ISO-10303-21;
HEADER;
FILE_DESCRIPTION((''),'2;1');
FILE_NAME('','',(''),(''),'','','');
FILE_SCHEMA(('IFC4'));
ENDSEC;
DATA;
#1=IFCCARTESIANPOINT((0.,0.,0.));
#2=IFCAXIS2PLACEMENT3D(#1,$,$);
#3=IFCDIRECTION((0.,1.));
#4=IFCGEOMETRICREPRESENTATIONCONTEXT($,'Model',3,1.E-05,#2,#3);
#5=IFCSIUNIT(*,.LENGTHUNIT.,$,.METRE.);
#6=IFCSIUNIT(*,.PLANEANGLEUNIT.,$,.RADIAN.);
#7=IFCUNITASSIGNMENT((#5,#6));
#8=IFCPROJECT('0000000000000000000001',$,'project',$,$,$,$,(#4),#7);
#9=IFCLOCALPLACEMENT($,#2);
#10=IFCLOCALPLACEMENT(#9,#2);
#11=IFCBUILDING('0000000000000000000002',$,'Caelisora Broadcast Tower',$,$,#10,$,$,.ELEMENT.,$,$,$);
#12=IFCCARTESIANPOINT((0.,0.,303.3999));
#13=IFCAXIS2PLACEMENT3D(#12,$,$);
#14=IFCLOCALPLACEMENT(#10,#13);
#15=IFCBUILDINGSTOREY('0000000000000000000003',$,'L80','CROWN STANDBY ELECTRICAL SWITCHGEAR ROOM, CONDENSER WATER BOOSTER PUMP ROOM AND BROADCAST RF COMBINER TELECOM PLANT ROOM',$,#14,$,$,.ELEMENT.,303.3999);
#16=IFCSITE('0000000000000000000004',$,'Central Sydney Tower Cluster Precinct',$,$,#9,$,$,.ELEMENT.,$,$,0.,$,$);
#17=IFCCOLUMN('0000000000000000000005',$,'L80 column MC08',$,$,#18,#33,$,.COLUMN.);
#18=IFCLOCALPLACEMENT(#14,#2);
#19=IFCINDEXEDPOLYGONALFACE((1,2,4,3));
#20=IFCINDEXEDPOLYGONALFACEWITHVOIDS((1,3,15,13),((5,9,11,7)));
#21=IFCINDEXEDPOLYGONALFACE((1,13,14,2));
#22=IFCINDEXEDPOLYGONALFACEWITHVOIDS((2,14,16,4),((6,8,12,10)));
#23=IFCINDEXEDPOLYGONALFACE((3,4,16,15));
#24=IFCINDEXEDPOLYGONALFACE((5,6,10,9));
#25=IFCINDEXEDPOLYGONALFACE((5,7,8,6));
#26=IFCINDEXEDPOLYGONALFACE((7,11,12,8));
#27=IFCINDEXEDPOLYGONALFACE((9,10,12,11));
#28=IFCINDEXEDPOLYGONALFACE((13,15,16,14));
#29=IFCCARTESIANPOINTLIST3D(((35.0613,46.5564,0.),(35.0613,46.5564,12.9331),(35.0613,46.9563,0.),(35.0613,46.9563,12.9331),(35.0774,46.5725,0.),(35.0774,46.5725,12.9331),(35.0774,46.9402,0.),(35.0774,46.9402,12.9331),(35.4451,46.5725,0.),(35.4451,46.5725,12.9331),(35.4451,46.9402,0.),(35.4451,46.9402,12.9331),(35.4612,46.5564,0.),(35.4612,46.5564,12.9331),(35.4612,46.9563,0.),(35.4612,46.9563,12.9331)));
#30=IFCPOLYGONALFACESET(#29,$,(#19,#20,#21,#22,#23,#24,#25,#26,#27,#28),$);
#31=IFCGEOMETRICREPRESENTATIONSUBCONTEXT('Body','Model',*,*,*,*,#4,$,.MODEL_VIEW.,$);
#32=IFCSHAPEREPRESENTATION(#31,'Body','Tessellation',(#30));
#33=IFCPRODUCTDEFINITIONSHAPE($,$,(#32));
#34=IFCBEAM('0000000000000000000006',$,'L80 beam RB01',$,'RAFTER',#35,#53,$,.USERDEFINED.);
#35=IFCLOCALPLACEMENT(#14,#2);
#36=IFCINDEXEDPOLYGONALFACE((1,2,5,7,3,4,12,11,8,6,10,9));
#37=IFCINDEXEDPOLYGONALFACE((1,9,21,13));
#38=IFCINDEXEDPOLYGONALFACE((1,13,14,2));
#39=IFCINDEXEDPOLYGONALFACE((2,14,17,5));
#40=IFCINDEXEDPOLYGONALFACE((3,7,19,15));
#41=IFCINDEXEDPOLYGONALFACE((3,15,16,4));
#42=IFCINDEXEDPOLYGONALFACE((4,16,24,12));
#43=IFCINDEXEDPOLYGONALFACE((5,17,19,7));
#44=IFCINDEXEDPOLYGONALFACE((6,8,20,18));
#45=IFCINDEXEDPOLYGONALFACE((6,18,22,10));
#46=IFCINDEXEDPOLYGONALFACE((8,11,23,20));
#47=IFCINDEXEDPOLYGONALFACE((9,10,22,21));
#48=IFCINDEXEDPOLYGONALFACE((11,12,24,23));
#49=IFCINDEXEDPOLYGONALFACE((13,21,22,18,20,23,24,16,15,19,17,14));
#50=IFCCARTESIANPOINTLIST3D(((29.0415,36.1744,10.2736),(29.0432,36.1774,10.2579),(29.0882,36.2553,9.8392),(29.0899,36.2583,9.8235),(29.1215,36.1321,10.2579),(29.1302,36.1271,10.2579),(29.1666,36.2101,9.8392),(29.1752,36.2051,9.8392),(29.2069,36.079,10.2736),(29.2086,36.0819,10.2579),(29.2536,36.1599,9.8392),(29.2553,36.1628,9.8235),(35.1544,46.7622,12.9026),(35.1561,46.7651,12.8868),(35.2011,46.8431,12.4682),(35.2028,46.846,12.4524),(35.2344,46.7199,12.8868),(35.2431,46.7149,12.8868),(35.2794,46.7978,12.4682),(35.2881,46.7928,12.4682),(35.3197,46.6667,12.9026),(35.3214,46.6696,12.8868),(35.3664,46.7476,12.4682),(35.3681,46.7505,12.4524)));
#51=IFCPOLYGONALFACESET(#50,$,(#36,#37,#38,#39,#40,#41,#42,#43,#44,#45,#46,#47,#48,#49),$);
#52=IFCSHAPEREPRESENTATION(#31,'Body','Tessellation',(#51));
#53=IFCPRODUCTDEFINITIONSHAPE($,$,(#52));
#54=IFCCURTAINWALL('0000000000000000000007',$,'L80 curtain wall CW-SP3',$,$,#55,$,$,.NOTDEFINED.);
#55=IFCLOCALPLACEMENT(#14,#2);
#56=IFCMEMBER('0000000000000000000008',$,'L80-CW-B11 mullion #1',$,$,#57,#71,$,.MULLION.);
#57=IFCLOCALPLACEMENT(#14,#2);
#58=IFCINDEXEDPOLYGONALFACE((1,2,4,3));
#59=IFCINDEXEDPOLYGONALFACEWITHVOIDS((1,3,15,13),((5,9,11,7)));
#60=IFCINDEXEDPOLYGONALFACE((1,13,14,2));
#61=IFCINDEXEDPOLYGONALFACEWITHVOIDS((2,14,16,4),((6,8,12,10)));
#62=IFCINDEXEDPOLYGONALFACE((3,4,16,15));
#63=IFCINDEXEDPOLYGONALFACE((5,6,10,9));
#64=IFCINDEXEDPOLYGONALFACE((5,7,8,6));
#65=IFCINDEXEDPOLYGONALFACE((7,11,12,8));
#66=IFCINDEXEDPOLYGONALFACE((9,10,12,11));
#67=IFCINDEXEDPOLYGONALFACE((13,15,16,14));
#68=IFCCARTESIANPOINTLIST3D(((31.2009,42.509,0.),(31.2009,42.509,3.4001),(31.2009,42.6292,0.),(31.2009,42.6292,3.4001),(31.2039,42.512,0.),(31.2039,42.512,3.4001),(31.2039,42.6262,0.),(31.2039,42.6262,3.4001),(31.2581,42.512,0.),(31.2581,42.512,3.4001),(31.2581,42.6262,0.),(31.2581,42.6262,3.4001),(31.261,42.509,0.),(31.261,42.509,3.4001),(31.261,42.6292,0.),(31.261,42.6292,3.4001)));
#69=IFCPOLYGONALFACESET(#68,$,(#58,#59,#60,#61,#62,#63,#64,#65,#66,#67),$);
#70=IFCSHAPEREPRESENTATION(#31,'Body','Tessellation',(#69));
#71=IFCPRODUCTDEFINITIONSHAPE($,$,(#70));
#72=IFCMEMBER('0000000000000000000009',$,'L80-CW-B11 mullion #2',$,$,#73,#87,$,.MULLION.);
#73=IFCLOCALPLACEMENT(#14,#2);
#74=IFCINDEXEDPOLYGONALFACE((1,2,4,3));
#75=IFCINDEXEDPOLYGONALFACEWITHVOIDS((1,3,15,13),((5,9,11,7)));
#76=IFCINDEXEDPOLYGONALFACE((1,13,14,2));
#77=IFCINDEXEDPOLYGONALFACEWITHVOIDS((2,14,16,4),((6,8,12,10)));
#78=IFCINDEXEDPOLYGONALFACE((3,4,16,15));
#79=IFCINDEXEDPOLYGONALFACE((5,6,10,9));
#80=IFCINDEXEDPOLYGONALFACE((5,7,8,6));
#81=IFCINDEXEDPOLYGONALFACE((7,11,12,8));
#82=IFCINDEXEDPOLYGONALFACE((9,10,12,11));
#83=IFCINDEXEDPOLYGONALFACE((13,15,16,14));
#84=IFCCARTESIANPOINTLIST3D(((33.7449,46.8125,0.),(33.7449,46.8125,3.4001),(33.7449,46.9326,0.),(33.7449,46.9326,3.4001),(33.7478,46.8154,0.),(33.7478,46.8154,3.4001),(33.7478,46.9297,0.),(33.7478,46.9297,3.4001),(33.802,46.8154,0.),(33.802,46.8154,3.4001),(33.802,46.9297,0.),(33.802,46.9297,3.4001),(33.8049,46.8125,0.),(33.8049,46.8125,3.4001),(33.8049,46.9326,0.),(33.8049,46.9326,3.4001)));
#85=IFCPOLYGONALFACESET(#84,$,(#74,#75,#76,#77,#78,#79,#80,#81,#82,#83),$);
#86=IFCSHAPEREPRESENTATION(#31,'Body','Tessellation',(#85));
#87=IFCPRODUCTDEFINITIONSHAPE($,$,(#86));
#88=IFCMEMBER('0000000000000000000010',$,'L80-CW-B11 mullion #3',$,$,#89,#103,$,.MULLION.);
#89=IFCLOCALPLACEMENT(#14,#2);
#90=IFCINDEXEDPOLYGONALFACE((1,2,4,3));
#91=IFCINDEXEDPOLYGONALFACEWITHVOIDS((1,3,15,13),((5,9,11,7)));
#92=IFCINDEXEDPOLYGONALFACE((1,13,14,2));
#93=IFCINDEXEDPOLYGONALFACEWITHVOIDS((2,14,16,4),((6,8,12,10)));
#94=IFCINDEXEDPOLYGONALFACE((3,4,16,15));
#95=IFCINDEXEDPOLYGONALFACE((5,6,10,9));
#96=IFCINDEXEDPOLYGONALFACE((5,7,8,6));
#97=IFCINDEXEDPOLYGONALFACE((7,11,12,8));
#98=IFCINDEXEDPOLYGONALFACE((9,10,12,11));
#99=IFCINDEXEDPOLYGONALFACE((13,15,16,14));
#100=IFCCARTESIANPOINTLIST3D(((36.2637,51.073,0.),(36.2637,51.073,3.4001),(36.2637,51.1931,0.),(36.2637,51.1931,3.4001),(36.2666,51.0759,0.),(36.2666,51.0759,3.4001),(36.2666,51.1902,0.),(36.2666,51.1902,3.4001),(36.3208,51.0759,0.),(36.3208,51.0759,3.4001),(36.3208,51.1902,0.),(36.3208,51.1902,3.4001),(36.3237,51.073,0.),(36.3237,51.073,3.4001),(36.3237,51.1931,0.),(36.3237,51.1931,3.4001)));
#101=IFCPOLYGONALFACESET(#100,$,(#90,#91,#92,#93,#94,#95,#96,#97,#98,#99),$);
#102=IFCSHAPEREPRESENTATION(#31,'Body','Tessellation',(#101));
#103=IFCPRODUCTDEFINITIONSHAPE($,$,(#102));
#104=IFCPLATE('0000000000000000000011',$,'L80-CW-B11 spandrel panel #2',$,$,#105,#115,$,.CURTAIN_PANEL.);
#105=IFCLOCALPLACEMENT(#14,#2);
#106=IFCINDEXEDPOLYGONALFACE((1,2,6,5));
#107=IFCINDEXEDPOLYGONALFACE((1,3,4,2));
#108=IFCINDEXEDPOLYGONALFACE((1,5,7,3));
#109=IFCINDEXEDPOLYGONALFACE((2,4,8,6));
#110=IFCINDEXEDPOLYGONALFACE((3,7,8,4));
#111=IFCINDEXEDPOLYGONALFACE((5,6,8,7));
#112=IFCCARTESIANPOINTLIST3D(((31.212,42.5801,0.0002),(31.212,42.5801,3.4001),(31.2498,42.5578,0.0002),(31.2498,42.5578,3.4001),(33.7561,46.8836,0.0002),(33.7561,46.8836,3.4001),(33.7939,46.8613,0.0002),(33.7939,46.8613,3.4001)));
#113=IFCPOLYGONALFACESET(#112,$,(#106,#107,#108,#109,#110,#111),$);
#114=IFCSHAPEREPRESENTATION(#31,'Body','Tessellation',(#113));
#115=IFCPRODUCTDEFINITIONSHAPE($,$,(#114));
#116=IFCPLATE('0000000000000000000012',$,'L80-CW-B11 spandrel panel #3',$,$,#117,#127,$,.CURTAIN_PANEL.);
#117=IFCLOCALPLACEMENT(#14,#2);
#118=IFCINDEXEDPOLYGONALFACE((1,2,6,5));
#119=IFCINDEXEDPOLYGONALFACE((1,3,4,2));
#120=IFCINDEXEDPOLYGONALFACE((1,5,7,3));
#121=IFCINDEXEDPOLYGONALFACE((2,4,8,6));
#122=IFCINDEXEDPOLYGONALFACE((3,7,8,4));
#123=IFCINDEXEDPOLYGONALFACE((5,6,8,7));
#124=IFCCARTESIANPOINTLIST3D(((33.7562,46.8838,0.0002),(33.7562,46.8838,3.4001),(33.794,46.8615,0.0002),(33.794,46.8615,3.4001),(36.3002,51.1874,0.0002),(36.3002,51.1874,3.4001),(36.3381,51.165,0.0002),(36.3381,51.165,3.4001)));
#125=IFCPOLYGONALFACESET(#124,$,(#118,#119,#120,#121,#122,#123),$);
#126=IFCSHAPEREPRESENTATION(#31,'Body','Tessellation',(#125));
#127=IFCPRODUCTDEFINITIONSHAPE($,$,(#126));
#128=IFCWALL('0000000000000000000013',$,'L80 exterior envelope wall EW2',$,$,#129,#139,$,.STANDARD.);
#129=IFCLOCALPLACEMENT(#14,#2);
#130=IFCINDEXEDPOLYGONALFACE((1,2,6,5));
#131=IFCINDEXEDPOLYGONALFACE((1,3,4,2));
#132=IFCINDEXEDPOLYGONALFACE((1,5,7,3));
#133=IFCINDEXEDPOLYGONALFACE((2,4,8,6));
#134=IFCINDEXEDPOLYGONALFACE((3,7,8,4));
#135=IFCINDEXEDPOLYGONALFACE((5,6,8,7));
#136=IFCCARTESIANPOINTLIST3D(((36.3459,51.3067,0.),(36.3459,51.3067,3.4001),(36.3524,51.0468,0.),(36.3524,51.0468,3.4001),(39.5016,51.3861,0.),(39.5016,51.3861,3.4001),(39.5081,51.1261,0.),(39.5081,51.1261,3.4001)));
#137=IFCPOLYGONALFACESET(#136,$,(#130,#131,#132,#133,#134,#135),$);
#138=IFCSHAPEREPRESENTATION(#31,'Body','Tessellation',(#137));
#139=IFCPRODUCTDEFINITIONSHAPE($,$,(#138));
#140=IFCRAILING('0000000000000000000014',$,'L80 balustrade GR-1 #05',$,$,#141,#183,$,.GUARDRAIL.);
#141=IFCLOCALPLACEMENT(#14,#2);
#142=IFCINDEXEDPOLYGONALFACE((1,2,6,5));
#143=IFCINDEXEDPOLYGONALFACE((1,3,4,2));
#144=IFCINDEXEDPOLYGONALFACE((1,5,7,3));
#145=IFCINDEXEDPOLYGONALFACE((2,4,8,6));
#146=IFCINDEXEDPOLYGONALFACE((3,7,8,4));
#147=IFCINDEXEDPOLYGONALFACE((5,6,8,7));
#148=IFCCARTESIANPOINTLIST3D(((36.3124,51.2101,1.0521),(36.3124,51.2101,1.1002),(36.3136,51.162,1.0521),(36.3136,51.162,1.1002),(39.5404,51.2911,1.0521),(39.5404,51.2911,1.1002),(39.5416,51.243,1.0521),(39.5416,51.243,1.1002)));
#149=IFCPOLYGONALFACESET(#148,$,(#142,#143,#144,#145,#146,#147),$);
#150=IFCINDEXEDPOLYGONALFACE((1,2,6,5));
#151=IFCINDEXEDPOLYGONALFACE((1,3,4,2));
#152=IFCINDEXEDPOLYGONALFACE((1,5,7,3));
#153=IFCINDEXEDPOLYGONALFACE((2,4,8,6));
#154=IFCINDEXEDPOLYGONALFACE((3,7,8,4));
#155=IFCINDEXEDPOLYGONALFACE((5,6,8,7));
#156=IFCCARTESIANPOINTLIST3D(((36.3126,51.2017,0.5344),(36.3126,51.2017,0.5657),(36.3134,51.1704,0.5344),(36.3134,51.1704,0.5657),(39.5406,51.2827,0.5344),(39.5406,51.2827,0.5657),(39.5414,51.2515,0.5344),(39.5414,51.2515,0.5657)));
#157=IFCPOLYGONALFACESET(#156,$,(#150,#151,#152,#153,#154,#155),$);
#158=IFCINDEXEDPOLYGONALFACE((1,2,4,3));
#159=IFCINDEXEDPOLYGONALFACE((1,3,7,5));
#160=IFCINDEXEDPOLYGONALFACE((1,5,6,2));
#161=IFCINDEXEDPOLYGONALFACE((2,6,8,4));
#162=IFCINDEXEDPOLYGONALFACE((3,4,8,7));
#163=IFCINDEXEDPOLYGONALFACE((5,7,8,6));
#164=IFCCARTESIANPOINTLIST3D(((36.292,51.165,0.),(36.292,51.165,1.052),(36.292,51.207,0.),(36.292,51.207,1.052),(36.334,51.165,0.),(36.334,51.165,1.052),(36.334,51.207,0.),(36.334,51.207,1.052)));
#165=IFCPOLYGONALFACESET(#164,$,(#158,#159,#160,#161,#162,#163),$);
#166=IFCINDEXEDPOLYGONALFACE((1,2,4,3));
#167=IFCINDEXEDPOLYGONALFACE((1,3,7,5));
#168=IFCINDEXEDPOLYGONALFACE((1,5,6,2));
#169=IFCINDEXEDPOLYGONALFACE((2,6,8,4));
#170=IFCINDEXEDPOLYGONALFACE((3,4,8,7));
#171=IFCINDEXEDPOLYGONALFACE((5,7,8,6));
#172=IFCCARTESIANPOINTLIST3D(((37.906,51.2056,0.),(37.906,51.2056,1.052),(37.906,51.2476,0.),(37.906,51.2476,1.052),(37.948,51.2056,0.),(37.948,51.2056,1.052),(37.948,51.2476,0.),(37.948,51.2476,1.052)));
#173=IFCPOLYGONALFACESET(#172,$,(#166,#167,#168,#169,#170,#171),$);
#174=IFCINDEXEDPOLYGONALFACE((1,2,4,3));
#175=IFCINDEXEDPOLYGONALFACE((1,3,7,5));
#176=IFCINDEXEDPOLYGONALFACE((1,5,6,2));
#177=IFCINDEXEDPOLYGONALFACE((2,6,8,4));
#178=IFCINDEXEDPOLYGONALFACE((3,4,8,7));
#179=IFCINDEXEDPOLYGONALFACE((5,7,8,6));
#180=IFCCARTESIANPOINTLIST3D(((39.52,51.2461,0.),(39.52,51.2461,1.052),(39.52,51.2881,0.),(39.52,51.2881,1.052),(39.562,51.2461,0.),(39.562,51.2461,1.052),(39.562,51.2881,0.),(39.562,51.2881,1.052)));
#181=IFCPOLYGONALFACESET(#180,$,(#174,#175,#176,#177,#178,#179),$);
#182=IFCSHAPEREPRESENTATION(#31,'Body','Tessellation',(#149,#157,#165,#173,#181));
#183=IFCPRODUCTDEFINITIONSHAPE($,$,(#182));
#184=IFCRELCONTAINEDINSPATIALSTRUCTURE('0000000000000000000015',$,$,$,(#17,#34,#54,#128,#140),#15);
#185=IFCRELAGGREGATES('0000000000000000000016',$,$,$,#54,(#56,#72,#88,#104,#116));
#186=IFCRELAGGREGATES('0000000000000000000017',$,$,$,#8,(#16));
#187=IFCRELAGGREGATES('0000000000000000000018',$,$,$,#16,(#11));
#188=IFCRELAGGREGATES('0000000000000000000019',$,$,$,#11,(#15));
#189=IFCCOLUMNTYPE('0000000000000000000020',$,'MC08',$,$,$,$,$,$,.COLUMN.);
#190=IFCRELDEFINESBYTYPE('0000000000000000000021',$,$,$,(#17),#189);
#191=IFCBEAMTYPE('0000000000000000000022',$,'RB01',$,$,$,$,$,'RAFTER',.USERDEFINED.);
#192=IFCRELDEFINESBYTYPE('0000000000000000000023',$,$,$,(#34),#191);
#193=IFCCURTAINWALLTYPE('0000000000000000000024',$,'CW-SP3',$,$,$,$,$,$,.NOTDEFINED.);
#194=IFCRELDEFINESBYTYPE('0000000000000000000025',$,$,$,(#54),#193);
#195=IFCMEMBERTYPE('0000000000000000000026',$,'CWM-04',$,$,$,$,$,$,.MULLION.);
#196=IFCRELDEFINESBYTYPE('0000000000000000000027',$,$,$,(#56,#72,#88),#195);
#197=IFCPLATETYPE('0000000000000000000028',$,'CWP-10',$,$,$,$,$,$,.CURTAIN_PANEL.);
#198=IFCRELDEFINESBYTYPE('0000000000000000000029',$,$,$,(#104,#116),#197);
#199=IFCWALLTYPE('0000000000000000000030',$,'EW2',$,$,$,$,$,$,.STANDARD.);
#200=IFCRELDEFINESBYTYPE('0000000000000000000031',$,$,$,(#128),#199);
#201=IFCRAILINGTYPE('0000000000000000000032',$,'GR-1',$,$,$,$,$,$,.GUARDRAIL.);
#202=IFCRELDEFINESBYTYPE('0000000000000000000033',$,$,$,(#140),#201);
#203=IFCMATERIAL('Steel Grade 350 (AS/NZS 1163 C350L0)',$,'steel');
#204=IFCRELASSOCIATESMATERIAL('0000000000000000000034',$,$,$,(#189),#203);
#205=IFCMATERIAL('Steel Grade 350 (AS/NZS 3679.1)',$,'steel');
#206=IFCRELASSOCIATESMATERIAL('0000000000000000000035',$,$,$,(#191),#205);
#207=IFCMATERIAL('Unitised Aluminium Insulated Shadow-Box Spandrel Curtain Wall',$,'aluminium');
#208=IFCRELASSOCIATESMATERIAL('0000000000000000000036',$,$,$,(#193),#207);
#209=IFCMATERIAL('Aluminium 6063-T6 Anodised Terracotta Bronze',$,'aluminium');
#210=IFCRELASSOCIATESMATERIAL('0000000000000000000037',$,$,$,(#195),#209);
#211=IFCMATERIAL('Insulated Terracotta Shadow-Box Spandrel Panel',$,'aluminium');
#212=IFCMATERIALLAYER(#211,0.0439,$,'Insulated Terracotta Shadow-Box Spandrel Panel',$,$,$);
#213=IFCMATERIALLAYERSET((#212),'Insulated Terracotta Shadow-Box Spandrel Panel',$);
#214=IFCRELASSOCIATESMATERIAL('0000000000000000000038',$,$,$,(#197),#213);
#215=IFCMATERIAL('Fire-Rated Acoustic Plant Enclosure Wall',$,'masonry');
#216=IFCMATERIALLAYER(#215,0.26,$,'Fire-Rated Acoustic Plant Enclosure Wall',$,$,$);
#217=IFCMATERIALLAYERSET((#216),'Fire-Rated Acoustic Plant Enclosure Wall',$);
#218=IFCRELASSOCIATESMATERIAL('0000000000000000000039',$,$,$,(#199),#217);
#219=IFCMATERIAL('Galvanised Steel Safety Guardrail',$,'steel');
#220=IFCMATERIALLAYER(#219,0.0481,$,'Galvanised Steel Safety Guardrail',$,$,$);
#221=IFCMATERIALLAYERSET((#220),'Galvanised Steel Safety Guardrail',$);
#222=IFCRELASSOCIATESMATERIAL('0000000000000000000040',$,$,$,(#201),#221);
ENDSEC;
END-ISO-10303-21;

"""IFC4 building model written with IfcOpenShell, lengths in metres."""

from ifc_helpers import new_model, si_unit, direction, frame, frame_2d, origin, origin_2d, place, context, subcontext, project, spatial, rectangle, hollow_rectangle, i_section, extrude, source, transform, mapped, material, layer, layer_set, material_profile, profile_set, type_object, type_shapes, element, aggregate, save


model = new_model("IFC4")

# Units and contexts
model_context = context("Model", 3, precision=1e-05, world=origin(), true_north=direction((0.0, 1.0)))
body_context = subcontext(model_context, "Body", "Model", "MODEL_VIEW")
ifc_project = project(units=[si_unit("LENGTHUNIT", "METRE"), si_unit("PLANEANGLEUNIT", "RADIAN")], contexts=[model_context])

# Site, building, storey
site_placement = place(None, origin())
site = spatial("IfcSite", under=ifc_project, at=site_placement, Name="Central Sydney Tower Cluster Precinct", CompositionType="ELEMENT", RefElevation=0.0)
building_placement = place(site_placement, origin())
building = spatial("IfcBuilding", under=site, at=building_placement, Name="Caelisora Broadcast Tower", CompositionType="ELEMENT")
storey_placement = place(building_placement, frame((0.0, 0.0, 303.3999)))
storey = spatial("IfcBuildingStorey", under=building, at=storey_placement, Name="L80", Description="CROWN STANDBY ELECTRICAL SWITCHGEAR ROOM, CONDENSER WATER BOOSTER PUMP ROOM AND BROADCAST RF COMBINER TELECOM PLANT ROOM", CompositionType="ELEMENT", Elevation=303.3999)

# Column
ifc_material_1 = material(Name="Steel Grade 350 (AS/NZS 1163 C350L0)", Category="steel")
ifc_material_profile_1 = material_profile(ifc_material_1, hollow_rectangle(XDim=0.3999, YDim=0.3999, WallThickness=0.0161, at=origin_2d()), Name="Steel Grade 350 (AS/NZS 1163 C350L0)")
ifc_profile_set_1 = profile_set([ifc_material_profile_1], Name="Steel Grade 350 (AS/NZS 1163 C350L0)")
column_type = type_object("IfcColumnType", Name="MC08", PredefinedType="COLUMN", material=ifc_profile_set_1)
shared_shape_1 = source(origin(), body_context, "Body", "SweptSolid", [
    extrude(hollow_rectangle(XDim=0.3999, YDim=0.3999, WallThickness=0.0161, at=origin_2d()), origin(), (0.0, 0.0, 1.0), 12.9331),
])
type_shapes(column_type, [shared_shape_1])
column_placement = place(storey_placement, frame((35.2612, 46.7563, 0.0), z_axis=(0.0, 0.0, 1.0), x_axis=(1.0, 0.0, 0.0)))
element("IfcColumn", 1, at=column_placement, inside=storey, type_object=column_type, Name="L80 column MC08", PredefinedType="COLUMN", context=body_context, shape_type="MappedRepresentation", body=[
    mapped(shared_shape_1, transform((0.0, 0.0, 0.0), scale=1.0)),
])

# Beam
ifc_material_2 = material(Name="Steel Grade 350 (AS/NZS 3679.1)", Category="steel")
ifc_material_profile_2 = material_profile(ifc_material_2, i_section(OverallWidth=0.1909, OverallDepth=0.4604, WebThickness=0.01, FlangeThickness=0.0161, at=origin_2d()), Name="Steel Grade 350 (AS/NZS 3679.1)")
ifc_profile_set_2 = profile_set([ifc_material_profile_2], Name="Steel Grade 350 (AS/NZS 3679.1)")
beam_type = type_object("IfcBeamType", Name="RB01", ElementType="RAFTER", PredefinedType="USERDEFINED", material=ifc_profile_set_2)
shared_shape_2 = source(origin(), body_context, "Body", "SweptSolid", [
    extrude(i_section(OverallWidth=0.1909, OverallDepth=0.4604, WebThickness=0.01, FlangeThickness=0.0161, at=origin_2d()), origin(), (0.0, 0.0, 1.0), 12.5051),
])
type_shapes(beam_type, [shared_shape_2])
beam_placement = place(storey_placement, frame((35.2612, 46.7563, 12.6775), z_axis=(-0.488827, -0.846671, -0.210228), x_axis=(0.866025, -0.500001, 0.0)))
element("IfcBeam", 2, at=beam_placement, inside=storey, type_object=beam_type, Name="L80 beam RB01", ObjectType="RAFTER", PredefinedType="USERDEFINED", context=body_context, shape_type="MappedRepresentation", body=[
    mapped(shared_shape_2, transform((0.0, 0.0, 0.0), scale=1.0)),
])

# Curtain wall, members, plates
ifc_material_3 = material(Name="Unitised Aluminium Insulated Shadow-Box Spandrel Curtain Wall", Category="aluminium")
curtain_wall_type = type_object("IfcCurtainWallType", Name="CW-SP3", PredefinedType="NOTDEFINED", material=ifc_material_3)
curtain_wall_placement = place(storey_placement, origin())
curtain_wall = element("IfcCurtainWall", 3, at=curtain_wall_placement, inside=storey, type_object=curtain_wall_type, Name="L80 curtain wall CW-SP3", PredefinedType="NOTDEFINED")
ifc_material_4 = material(Name="Aluminium 6063-T6 Anodised Terracotta Bronze", Category="aluminium")
ifc_material_profile_3 = material_profile(ifc_material_4, hollow_rectangle(XDim=0.0601, YDim=0.1201, WallThickness=0.0029, at=origin_2d()), Name="Aluminium 6063-T6 Anodised Terracotta Bronze")
ifc_profile_set_3 = profile_set([ifc_material_profile_3], Name="Aluminium 6063-T6 Anodised Terracotta Bronze")
member_type = type_object("IfcMemberType", Name="CWM-04", PredefinedType="MULLION", material=ifc_profile_set_3)
shared_shape_3 = source(origin(), body_context, "Body", "SweptSolid", [
    extrude(hollow_rectangle(XDim=0.0601, YDim=0.1201, WallThickness=0.0029, at=origin_2d()), origin(), (0.0, 0.0, 1.0), 3.4001),
])
type_shapes(member_type, [shared_shape_3])
member_1_placement = place(storey_placement, frame((31.231, 42.5691, 0.0), z_axis=(0.0, 0.0, 1.0), x_axis=(1.0, 0.0, 0.0)))
member_1 = element("IfcMember", 4, at=member_1_placement, type_object=member_type, Name="L80-CW-B11 mullion #1", PredefinedType="MULLION", context=body_context, shape_type="MappedRepresentation", body=[
    mapped(shared_shape_3, transform((0.0, 0.0, 0.0), scale=1.0)),
])
member_2_placement = place(storey_placement, frame((33.7749, 46.8726, 0.0), z_axis=(0.0, 0.0, 1.0), x_axis=(1.0, 0.0, 0.0)))
member_2 = element("IfcMember", 5, at=member_2_placement, type_object=member_type, Name="L80-CW-B11 mullion #2", PredefinedType="MULLION", context=body_context, shape_type="MappedRepresentation", body=[
    mapped(shared_shape_3, transform((0.0, 0.0, 0.0), scale=1.0)),
])
member_3_placement = place(storey_placement, frame((36.2937, 51.1331, 0.0), z_axis=(0.0, 0.0, 1.0), x_axis=(1.0, 0.0, 0.0)))
member_3 = element("IfcMember", 6, at=member_3_placement, type_object=member_type, Name="L80-CW-B11 mullion #3", PredefinedType="MULLION", context=body_context, shape_type="MappedRepresentation", body=[
    mapped(shared_shape_3, transform((0.0, 0.0, 0.0), scale=1.0)),
])
ifc_material_5 = material(Name="Insulated Terracotta Shadow-Box Spandrel Panel", Category="aluminium")
ifc_layer_1 = layer(ifc_material_5, 0.0439, Name="Insulated Terracotta Shadow-Box Spandrel Panel")
ifc_layer_set_1 = layer_set([ifc_layer_1], Name="Insulated Terracotta Shadow-Box Spandrel Panel")
plate_type = type_object("IfcPlateType", Name="CWP-10", PredefinedType="CURTAIN_PANEL", material=ifc_layer_set_1)
shared_shape_4 = source(origin(), body_context, "Body", "SweptSolid", [
    extrude(rectangle(XDim=4.9993, YDim=0.0439, at=origin_2d()), origin(), (0.0, 0.0, 1.0), 3.3999),
])
type_shapes(plate_type, [shared_shape_4])
plate_1_placement = place(storey_placement, frame((32.5029, 44.7207, 0.0002), z_axis=(0.0, 0.0, 1.0), x_axis=(0.508891, 0.860831, 0.0)))
plate_1 = element("IfcPlate", 7, at=plate_1_placement, type_object=plate_type, Name="L80-CW-B11 spandrel panel #2", PredefinedType="CURTAIN_PANEL", context=body_context, shape_type="MappedRepresentation", body=[
    mapped(shared_shape_4, transform((0.0, 0.0, 0.0), scale=1.0)),
])
plate_2_placement = place(storey_placement, frame((35.0471, 49.0244, 0.0002), z_axis=(0.0, 0.0, 1.0), x_axis=(0.508891, 0.860831, 0.0)))
plate_2 = element("IfcPlate", 8, at=plate_2_placement, type_object=plate_type, Name="L80-CW-B11 spandrel panel #3", PredefinedType="CURTAIN_PANEL", context=body_context, shape_type="MappedRepresentation", body=[
    mapped(shared_shape_4, transform((0.0, 0.0, 0.0), scale=1.0)),
])
aggregate(curtain_wall, [member_1, member_2, member_3, plate_1, plate_2])

# Wall
ifc_material_6 = material(Name="Fire-Rated Acoustic Plant Enclosure Wall", Category="masonry")
ifc_layer_2 = layer(ifc_material_6, 0.26, Name="Fire-Rated Acoustic Plant Enclosure Wall")
ifc_layer_set_2 = layer_set([ifc_layer_2], Name="Fire-Rated Acoustic Plant Enclosure Wall")
wall_type = type_object("IfcWallType", Name="EW2", PredefinedType="STANDARD", material=ifc_layer_set_2)
wall_placement = place(storey_placement, frame((36.3491, 51.1768, 0.0), z_axis=(0.0, 0.0, 1.0), x_axis=(0.999684, 0.025135, 0.0)))
element("IfcWall", 9, at=wall_placement, inside=storey, type_object=wall_type, Name="L80 exterior envelope wall EW2", PredefinedType="STANDARD", context=body_context, shape_type="SweptSolid", body=[
    extrude(rectangle(XDim=3.1567, YDim=0.26, at=frame_2d((1.5784, 0.0))), origin(), (0.0, 0.0, 1.0), 3.4001),
])

# Railing
ifc_material_7 = material(Name="Galvanised Steel Safety Guardrail", Category="steel")
ifc_layer_3 = layer(ifc_material_7, 0.0481, Name="Galvanised Steel Safety Guardrail")
ifc_layer_set_3 = layer_set([ifc_layer_3], Name="Galvanised Steel Safety Guardrail")
railing_type = type_object("IfcRailingType", Name="GR-1", PredefinedType="GUARDRAIL", material=ifc_layer_set_3)
railing_placement = place(storey_placement, frame((36.313, 51.186, 0.0)))
element("IfcRailing", 10, at=railing_placement, inside=storey, type_object=railing_type, Name="L80 balustrade GR-1 #05", PredefinedType="GUARDRAIL", context=body_context, shape_type="SweptSolid", body=[
    extrude(rectangle(XDim=0.0481, YDim=0.0481, at=origin_2d()), frame((0.0, 0.0, 1.0762), z_axis=(0.999685, 0.025102, 0.0), x_axis=(-0.025102, 0.999685, 0.0)), (0.0, 0.0, 1.0), 3.229),
    extrude(rectangle(XDim=0.0312, YDim=0.0312, at=origin_2d()), frame((0.0, 0.0, 0.55), z_axis=(0.999685, 0.025102, 0.0), x_axis=(-0.025102, 0.999685, 0.0)), (0.0, 0.0, 1.0), 3.229),
    extrude(rectangle(XDim=0.042, YDim=0.042, at=origin_2d()), origin(), (0.0, 0.0, 1.0), 1.052),
    extrude(rectangle(XDim=0.042, YDim=0.042, at=origin_2d()), frame((1.614, 0.0405, 0.0)), (0.0, 0.0, 1.0), 1.052),
    extrude(rectangle(XDim=0.042, YDim=0.042, at=origin_2d()), frame((3.228, 0.0811, 0.0)), (0.0, 0.0, 1.0), 1.052),
])

save(model, "model.ifc")
